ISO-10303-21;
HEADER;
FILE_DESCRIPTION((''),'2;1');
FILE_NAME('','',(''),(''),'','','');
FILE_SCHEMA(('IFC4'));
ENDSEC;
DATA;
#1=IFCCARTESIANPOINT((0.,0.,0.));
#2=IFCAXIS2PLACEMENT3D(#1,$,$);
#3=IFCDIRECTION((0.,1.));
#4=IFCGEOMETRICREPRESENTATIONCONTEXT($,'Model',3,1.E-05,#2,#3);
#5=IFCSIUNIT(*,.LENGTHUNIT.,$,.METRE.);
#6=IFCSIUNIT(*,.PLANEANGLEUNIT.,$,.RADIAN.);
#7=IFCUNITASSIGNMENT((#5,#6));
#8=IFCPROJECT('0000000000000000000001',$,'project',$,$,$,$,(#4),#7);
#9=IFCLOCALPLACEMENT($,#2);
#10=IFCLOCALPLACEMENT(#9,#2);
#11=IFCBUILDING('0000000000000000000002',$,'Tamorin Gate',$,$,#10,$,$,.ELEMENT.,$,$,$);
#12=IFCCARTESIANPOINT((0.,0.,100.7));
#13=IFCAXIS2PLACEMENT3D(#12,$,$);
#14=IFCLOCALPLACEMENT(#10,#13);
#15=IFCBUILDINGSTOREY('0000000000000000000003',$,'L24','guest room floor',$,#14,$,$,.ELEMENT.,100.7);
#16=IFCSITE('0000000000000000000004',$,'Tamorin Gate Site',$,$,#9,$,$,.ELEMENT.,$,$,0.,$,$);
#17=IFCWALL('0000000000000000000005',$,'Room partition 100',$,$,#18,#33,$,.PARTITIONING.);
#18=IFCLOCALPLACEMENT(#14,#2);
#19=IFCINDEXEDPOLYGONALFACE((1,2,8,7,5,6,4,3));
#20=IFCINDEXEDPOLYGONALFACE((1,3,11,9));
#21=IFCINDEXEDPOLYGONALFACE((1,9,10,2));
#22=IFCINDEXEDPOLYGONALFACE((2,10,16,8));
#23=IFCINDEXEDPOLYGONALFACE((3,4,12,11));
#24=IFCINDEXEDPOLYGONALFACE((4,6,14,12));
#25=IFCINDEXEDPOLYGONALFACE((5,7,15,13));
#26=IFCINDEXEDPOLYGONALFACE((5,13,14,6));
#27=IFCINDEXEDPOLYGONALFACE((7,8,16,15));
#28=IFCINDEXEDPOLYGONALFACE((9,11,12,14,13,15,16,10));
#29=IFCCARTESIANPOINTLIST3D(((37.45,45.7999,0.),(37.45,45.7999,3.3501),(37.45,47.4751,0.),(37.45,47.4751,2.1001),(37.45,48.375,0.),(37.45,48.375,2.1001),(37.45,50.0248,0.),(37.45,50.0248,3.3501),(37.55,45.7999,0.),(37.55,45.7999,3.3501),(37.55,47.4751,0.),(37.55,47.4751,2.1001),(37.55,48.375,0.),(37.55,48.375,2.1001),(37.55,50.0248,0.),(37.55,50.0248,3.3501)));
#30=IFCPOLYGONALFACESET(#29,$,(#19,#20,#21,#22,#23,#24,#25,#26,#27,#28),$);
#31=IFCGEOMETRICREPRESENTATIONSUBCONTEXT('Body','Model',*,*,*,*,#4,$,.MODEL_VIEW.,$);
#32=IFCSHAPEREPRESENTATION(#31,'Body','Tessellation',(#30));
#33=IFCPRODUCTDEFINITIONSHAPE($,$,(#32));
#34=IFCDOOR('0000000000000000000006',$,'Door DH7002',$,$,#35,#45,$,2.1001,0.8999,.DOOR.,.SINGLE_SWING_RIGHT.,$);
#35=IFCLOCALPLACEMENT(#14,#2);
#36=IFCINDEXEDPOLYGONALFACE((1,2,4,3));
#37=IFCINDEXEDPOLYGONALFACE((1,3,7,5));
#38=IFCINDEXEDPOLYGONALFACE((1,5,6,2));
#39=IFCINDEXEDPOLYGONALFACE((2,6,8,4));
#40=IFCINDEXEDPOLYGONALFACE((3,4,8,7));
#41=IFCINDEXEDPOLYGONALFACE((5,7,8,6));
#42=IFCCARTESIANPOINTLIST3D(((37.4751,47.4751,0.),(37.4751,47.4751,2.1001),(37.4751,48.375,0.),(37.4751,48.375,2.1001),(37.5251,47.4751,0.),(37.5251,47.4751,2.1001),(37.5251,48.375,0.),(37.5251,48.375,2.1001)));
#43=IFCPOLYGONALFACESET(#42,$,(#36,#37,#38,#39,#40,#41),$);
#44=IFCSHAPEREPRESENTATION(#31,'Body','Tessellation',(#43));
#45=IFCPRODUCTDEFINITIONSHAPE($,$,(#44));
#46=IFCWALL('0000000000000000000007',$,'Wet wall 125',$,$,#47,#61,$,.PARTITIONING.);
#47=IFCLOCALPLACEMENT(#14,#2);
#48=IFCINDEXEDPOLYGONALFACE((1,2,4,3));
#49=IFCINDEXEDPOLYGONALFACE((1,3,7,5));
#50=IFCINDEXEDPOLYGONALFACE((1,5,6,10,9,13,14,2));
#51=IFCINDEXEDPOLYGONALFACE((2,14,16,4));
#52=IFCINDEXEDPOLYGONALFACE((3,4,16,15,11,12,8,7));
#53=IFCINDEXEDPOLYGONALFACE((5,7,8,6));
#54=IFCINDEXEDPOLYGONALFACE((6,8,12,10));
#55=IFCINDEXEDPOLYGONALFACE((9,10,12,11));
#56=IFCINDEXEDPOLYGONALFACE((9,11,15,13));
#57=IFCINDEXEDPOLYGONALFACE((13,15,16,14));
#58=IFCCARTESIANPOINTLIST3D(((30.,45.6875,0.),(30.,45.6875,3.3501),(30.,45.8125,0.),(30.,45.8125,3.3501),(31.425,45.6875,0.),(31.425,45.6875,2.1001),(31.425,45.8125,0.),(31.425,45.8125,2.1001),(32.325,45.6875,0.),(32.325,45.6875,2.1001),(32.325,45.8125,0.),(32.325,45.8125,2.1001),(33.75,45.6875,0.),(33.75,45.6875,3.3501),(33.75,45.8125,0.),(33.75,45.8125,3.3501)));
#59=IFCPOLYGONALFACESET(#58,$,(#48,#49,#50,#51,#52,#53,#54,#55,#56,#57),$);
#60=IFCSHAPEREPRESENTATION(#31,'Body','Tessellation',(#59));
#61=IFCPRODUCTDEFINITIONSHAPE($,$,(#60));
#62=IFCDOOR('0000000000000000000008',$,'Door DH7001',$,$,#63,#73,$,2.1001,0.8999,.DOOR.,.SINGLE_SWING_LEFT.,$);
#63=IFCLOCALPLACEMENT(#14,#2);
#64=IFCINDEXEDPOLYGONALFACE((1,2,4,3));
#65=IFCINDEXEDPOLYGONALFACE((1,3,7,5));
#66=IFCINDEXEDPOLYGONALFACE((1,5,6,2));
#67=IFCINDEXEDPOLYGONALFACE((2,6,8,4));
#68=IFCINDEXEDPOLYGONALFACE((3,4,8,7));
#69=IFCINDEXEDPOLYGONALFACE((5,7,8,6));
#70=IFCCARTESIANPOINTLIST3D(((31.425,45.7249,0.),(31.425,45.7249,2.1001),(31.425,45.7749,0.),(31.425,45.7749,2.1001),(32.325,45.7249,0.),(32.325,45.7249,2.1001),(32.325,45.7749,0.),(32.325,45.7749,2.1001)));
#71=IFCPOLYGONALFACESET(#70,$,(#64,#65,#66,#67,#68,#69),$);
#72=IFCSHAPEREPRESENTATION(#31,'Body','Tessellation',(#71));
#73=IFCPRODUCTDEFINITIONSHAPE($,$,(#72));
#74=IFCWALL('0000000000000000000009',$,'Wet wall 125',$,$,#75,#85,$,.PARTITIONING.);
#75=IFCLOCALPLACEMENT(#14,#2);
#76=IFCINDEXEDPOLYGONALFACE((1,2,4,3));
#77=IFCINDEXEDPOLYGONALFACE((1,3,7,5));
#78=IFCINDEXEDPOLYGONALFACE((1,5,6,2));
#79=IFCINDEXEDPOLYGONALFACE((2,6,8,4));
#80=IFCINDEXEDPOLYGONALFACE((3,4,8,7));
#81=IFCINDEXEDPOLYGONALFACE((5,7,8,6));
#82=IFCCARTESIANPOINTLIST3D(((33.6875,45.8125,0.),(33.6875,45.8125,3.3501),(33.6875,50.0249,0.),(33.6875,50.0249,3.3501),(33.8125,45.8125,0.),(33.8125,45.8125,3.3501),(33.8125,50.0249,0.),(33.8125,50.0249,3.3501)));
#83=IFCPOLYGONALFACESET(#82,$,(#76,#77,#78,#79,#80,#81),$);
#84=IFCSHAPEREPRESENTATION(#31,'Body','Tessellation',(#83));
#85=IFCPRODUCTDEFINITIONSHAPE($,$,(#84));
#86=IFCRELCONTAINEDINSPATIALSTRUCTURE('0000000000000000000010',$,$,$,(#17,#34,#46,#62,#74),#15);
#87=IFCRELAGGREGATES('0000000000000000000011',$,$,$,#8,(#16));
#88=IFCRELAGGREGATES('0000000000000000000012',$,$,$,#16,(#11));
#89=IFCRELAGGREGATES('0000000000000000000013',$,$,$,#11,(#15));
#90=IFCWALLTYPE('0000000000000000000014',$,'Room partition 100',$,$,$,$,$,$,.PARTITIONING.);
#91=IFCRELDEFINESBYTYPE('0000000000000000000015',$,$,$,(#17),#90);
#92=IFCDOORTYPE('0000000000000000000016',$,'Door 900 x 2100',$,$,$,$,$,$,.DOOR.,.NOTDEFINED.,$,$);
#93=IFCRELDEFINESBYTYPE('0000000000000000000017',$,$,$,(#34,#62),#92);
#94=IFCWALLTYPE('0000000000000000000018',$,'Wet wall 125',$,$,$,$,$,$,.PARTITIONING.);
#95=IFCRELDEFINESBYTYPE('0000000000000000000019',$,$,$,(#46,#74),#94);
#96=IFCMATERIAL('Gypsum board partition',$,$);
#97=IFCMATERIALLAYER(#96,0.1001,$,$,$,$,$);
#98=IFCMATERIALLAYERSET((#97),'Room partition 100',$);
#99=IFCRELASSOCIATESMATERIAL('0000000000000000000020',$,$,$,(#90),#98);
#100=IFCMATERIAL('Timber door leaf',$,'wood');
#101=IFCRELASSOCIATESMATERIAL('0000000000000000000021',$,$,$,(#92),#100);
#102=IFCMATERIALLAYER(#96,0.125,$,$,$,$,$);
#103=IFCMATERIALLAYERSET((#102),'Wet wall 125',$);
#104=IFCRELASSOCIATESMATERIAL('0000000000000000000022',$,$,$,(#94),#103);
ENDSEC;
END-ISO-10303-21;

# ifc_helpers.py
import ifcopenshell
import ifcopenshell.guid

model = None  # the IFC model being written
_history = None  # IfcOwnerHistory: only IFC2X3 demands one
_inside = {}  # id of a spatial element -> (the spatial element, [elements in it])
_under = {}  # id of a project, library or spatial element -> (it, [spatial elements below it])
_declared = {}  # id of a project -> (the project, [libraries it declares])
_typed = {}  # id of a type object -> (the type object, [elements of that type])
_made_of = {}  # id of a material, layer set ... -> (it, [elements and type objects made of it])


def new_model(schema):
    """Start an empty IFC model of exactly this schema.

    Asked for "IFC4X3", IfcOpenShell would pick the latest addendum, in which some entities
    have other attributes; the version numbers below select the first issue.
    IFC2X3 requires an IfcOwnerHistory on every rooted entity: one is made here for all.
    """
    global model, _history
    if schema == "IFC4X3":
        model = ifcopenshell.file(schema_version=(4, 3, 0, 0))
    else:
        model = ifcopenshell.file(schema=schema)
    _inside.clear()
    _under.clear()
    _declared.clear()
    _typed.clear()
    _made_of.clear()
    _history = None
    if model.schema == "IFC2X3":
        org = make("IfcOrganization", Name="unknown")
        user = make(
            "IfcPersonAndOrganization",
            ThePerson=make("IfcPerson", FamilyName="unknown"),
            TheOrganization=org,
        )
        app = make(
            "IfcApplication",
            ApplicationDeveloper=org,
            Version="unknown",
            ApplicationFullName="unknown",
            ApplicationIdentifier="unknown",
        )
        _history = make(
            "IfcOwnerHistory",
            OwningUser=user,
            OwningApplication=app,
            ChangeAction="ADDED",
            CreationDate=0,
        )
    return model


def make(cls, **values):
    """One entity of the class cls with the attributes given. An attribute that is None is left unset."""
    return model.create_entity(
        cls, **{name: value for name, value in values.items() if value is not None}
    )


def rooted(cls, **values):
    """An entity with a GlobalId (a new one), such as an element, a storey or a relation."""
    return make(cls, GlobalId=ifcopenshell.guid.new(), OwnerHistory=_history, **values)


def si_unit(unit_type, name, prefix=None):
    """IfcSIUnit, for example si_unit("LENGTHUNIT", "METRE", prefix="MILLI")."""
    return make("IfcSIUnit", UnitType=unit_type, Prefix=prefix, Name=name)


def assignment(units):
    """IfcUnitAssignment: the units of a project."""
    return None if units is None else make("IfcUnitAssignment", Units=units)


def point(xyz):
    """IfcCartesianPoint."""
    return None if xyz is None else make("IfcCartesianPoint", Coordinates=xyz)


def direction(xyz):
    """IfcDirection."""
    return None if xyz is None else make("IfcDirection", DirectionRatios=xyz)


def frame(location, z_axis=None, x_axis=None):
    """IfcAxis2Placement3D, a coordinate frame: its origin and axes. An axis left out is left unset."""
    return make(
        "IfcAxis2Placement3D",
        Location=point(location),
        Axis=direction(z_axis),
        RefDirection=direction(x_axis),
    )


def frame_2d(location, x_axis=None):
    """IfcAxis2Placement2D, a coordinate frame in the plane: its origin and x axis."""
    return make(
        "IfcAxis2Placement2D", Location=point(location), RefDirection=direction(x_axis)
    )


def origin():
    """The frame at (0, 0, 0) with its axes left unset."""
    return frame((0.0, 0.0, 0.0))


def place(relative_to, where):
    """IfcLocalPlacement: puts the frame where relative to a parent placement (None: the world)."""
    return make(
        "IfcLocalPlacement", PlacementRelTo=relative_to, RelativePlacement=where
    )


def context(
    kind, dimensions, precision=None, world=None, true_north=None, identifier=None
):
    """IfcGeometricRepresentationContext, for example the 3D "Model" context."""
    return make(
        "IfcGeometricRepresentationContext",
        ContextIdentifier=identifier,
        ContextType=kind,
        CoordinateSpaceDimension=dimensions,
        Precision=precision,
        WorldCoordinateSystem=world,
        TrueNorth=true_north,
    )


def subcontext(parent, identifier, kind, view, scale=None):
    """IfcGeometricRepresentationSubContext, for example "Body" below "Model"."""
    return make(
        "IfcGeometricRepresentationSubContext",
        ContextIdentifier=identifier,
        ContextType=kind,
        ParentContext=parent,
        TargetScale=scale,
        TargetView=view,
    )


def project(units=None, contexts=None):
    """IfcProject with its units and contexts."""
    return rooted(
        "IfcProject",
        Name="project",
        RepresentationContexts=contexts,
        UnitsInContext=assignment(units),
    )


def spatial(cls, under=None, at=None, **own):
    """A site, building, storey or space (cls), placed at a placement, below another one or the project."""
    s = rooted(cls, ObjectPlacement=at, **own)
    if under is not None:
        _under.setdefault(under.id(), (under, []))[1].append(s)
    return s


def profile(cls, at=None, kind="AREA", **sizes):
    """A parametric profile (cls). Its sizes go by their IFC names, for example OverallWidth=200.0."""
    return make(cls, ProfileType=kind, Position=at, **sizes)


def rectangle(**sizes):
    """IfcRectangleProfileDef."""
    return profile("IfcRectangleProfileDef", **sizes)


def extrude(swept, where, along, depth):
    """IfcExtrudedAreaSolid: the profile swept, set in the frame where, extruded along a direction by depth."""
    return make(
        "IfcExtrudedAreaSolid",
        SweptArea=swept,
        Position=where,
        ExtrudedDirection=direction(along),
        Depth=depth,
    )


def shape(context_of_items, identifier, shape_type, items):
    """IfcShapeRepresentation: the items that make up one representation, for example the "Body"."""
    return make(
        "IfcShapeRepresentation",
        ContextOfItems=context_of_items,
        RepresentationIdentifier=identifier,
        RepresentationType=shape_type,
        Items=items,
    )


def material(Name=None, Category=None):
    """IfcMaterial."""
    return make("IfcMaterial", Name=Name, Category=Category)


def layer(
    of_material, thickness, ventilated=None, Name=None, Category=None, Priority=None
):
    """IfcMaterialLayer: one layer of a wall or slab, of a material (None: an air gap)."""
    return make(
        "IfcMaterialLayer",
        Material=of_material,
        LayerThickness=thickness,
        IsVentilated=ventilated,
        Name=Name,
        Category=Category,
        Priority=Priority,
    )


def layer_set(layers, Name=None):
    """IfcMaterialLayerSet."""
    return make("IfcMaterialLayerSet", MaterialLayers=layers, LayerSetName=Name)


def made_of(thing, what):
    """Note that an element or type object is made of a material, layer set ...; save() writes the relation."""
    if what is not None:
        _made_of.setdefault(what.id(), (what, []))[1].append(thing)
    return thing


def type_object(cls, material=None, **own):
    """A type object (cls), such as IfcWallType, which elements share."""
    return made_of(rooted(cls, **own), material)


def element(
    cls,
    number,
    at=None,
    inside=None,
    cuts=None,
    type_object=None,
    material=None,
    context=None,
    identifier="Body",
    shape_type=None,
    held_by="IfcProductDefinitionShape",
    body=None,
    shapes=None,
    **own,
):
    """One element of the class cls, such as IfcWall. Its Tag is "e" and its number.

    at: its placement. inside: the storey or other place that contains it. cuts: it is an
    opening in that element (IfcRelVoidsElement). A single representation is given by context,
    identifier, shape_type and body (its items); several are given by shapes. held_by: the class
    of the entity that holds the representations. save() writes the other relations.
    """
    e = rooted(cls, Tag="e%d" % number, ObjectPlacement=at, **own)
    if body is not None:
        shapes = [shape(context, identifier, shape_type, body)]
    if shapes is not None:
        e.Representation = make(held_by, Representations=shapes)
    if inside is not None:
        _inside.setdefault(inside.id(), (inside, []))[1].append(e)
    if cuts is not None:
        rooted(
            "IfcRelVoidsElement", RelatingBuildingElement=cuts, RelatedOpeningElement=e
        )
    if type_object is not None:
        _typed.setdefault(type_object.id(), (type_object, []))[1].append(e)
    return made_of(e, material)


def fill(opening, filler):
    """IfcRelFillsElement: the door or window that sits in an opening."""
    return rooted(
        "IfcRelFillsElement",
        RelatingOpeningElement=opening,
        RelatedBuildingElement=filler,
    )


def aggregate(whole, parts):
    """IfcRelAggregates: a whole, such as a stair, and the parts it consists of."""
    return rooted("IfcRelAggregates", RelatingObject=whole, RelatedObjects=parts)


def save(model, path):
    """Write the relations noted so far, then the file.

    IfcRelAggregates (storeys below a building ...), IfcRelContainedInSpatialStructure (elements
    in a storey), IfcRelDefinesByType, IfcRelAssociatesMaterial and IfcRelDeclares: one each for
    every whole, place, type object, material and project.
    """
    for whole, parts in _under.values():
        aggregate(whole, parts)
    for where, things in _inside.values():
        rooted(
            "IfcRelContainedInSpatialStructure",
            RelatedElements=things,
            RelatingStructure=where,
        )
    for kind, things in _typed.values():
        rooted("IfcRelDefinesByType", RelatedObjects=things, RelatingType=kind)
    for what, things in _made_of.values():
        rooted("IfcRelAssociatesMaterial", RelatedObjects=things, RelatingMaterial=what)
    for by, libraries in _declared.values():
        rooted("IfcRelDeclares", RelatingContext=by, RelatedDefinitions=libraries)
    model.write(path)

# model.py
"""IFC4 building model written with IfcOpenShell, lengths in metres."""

from ifc_helpers import new_model, si_unit, direction, frame, frame_2d, origin, place, context, subcontext, project, spatial, rectangle, extrude, material, layer, layer_set, type_object, element, fill, save


model = new_model("IFC4")

# Units and contexts
model_context = context("Model", 3, precision=1e-05, world=origin(), true_north=direction((0.0, 1.0)))
body_context = subcontext(model_context, "Body", "Model", "MODEL_VIEW")
ifc_project = project(units=[si_unit("LENGTHUNIT", "METRE"), si_unit("PLANEANGLEUNIT", "RADIAN")], contexts=[model_context])

# Site, building, storey
site_placement = place(None, origin())
site = spatial("IfcSite", under=ifc_project, at=site_placement, Name="Tamorin Gate Site", CompositionType="ELEMENT", RefElevation=0.0)
building_placement = place(site_placement, origin())
building = spatial("IfcBuilding", under=site, at=building_placement, Name="Tamorin Gate", CompositionType="ELEMENT")
storey_placement = place(building_placement, frame((0.0, 0.0, 100.7)))
storey = spatial("IfcBuildingStorey", under=building, at=storey_placement, Name="L24", Description="guest room floor", CompositionType="ELEMENT", Elevation=100.7)

# Walls, openings, doors
ifc_material_1 = material(Name="Gypsum board partition")
ifc_layer_1 = layer(ifc_material_1, 0.1001)
ifc_layer_set_1 = layer_set([ifc_layer_1], Name="Room partition 100")
wall_type_1 = type_object("IfcWallType", Name="Room partition 100", PredefinedType="PARTITIONING", material=ifc_layer_set_1)
ifc_material_2 = material(Name="Timber door leaf", Category="wood")
door_type = type_object("IfcDoorType", Name="Door 900 x 2100", OperationType="NOTDEFINED", PredefinedType="DOOR", material=ifc_material_2)
wall_1_placement = place(storey_placement, frame((37.5, 45.8, 0.0), z_axis=(0.0, 0.0, 1.0), x_axis=(0.0, 1.0, 0.0)))
wall_1 = element("IfcWall", 1, at=wall_1_placement, inside=storey, type_object=wall_type_1, Name="Room partition 100", PredefinedType="PARTITIONING", context=body_context, shape_type="SweptSolid", body=[
    extrude(rectangle(XDim=4.2249, YDim=0.1001, at=frame_2d((2.1123, 0.0))), origin(), (0.0, 0.0, 1.0), 3.3501),
])
opening_1_placement = place(wall_1_placement, frame((1.675, 0.0, 0.0)))
opening_1 = element("IfcOpeningElement", 2, at=opening_1_placement, cuts=wall_1, PredefinedType="OPENING", context=body_context, shape_type="SweptSolid", body=[
    extrude(rectangle(XDim=0.8999, YDim=2.1001, at=frame_2d((0.45, 1.05))), frame((0.0, 0.0601, 0.0), z_axis=(0.0, -1.0, 0.0), x_axis=(1.0, 0.0, 0.0)), (0.0, 0.0, 1.0), 0.1201),
])
door_1_placement = place(opening_1_placement, origin())
door_1 = element("IfcDoor", 3, at=door_1_placement, inside=storey, type_object=door_type, Name="Door DH7002", OperationType="SINGLE_SWING_RIGHT", OverallHeight=2.1001, OverallWidth=0.8999, PredefinedType="DOOR", context=body_context, shape_type="SweptSolid", body=[
    extrude(rectangle(XDim=0.8999, YDim=2.1001, at=frame_2d((0.45, 1.05))), frame((0.0, 0.0249, 0.0), z_axis=(0.0, -1.0, 0.0), x_axis=(1.0, 0.0, 0.0)), (0.0, 0.0, 1.0), 0.05),
])
fill(opening_1, door_1)
ifc_layer_2 = layer(ifc_material_1, 0.125)
ifc_layer_set_2 = layer_set([ifc_layer_2], Name="Wet wall 125")
wall_type_2 = type_object("IfcWallType", Name="Wet wall 125", PredefinedType="PARTITIONING", material=ifc_layer_set_2)
wall_2_placement = place(storey_placement, frame((30.0, 45.75, 0.0), z_axis=(0.0, 0.0, 1.0), x_axis=(1.0, 0.0, 0.0)))
wall_2 = element("IfcWall", 4, at=wall_2_placement, inside=storey, type_object=wall_type_2, Name="Wet wall 125", PredefinedType="PARTITIONING", context=body_context, shape_type="SweptSolid", body=[
    extrude(rectangle(XDim=3.75, YDim=0.125, at=frame_2d((1.875, 0.0))), origin(), (0.0, 0.0, 1.0), 3.3501),
])
opening_2_placement = place(wall_2_placement, frame((1.425, 0.0, 0.0)))
opening_2 = element("IfcOpeningElement", 5, at=opening_2_placement, cuts=wall_2, PredefinedType="OPENING", context=body_context, shape_type="SweptSolid", body=[
    extrude(rectangle(XDim=0.8999, YDim=2.1001, at=frame_2d((0.45, 1.05))), frame((0.0, 0.0725, 0.0), z_axis=(0.0, -1.0, 0.0), x_axis=(1.0, 0.0, 0.0)), (0.0, 0.0, 1.0), 0.145),
])
door_2_placement = place(opening_2_placement, origin())
door_2 = element("IfcDoor", 6, at=door_2_placement, inside=storey, type_object=door_type, Name="Door DH7001", OperationType="SINGLE_SWING_LEFT", OverallHeight=2.1001, OverallWidth=0.8999, PredefinedType="DOOR", context=body_context, shape_type="SweptSolid", body=[
    extrude(rectangle(XDim=0.8999, YDim=2.1001, at=frame_2d((0.45, 1.05))), frame((0.0, 0.0249, 0.0), z_axis=(0.0, -1.0, 0.0), x_axis=(1.0, 0.0, 0.0)), (0.0, 0.0, 1.0), 0.05),
])
fill(opening_2, door_2)

# Wall
wall_3_placement = place(storey_placement, frame((33.75, 45.8125, 0.0), z_axis=(0.0, 0.0, 1.0), x_axis=(0.0, 1.0, 0.0)))
element("IfcWall", 7, at=wall_3_placement, inside=storey, type_object=wall_type_2, Name="Wet wall 125", PredefinedType="PARTITIONING", context=body_context, shape_type="SweptSolid", body=[
    extrude(rectangle(XDim=4.2124, YDim=0.125, at=frame_2d((2.1062, 0.0))), origin(), (0.0, 0.0, 1.0), 3.3501),
])

save(model, "model.ifc")
